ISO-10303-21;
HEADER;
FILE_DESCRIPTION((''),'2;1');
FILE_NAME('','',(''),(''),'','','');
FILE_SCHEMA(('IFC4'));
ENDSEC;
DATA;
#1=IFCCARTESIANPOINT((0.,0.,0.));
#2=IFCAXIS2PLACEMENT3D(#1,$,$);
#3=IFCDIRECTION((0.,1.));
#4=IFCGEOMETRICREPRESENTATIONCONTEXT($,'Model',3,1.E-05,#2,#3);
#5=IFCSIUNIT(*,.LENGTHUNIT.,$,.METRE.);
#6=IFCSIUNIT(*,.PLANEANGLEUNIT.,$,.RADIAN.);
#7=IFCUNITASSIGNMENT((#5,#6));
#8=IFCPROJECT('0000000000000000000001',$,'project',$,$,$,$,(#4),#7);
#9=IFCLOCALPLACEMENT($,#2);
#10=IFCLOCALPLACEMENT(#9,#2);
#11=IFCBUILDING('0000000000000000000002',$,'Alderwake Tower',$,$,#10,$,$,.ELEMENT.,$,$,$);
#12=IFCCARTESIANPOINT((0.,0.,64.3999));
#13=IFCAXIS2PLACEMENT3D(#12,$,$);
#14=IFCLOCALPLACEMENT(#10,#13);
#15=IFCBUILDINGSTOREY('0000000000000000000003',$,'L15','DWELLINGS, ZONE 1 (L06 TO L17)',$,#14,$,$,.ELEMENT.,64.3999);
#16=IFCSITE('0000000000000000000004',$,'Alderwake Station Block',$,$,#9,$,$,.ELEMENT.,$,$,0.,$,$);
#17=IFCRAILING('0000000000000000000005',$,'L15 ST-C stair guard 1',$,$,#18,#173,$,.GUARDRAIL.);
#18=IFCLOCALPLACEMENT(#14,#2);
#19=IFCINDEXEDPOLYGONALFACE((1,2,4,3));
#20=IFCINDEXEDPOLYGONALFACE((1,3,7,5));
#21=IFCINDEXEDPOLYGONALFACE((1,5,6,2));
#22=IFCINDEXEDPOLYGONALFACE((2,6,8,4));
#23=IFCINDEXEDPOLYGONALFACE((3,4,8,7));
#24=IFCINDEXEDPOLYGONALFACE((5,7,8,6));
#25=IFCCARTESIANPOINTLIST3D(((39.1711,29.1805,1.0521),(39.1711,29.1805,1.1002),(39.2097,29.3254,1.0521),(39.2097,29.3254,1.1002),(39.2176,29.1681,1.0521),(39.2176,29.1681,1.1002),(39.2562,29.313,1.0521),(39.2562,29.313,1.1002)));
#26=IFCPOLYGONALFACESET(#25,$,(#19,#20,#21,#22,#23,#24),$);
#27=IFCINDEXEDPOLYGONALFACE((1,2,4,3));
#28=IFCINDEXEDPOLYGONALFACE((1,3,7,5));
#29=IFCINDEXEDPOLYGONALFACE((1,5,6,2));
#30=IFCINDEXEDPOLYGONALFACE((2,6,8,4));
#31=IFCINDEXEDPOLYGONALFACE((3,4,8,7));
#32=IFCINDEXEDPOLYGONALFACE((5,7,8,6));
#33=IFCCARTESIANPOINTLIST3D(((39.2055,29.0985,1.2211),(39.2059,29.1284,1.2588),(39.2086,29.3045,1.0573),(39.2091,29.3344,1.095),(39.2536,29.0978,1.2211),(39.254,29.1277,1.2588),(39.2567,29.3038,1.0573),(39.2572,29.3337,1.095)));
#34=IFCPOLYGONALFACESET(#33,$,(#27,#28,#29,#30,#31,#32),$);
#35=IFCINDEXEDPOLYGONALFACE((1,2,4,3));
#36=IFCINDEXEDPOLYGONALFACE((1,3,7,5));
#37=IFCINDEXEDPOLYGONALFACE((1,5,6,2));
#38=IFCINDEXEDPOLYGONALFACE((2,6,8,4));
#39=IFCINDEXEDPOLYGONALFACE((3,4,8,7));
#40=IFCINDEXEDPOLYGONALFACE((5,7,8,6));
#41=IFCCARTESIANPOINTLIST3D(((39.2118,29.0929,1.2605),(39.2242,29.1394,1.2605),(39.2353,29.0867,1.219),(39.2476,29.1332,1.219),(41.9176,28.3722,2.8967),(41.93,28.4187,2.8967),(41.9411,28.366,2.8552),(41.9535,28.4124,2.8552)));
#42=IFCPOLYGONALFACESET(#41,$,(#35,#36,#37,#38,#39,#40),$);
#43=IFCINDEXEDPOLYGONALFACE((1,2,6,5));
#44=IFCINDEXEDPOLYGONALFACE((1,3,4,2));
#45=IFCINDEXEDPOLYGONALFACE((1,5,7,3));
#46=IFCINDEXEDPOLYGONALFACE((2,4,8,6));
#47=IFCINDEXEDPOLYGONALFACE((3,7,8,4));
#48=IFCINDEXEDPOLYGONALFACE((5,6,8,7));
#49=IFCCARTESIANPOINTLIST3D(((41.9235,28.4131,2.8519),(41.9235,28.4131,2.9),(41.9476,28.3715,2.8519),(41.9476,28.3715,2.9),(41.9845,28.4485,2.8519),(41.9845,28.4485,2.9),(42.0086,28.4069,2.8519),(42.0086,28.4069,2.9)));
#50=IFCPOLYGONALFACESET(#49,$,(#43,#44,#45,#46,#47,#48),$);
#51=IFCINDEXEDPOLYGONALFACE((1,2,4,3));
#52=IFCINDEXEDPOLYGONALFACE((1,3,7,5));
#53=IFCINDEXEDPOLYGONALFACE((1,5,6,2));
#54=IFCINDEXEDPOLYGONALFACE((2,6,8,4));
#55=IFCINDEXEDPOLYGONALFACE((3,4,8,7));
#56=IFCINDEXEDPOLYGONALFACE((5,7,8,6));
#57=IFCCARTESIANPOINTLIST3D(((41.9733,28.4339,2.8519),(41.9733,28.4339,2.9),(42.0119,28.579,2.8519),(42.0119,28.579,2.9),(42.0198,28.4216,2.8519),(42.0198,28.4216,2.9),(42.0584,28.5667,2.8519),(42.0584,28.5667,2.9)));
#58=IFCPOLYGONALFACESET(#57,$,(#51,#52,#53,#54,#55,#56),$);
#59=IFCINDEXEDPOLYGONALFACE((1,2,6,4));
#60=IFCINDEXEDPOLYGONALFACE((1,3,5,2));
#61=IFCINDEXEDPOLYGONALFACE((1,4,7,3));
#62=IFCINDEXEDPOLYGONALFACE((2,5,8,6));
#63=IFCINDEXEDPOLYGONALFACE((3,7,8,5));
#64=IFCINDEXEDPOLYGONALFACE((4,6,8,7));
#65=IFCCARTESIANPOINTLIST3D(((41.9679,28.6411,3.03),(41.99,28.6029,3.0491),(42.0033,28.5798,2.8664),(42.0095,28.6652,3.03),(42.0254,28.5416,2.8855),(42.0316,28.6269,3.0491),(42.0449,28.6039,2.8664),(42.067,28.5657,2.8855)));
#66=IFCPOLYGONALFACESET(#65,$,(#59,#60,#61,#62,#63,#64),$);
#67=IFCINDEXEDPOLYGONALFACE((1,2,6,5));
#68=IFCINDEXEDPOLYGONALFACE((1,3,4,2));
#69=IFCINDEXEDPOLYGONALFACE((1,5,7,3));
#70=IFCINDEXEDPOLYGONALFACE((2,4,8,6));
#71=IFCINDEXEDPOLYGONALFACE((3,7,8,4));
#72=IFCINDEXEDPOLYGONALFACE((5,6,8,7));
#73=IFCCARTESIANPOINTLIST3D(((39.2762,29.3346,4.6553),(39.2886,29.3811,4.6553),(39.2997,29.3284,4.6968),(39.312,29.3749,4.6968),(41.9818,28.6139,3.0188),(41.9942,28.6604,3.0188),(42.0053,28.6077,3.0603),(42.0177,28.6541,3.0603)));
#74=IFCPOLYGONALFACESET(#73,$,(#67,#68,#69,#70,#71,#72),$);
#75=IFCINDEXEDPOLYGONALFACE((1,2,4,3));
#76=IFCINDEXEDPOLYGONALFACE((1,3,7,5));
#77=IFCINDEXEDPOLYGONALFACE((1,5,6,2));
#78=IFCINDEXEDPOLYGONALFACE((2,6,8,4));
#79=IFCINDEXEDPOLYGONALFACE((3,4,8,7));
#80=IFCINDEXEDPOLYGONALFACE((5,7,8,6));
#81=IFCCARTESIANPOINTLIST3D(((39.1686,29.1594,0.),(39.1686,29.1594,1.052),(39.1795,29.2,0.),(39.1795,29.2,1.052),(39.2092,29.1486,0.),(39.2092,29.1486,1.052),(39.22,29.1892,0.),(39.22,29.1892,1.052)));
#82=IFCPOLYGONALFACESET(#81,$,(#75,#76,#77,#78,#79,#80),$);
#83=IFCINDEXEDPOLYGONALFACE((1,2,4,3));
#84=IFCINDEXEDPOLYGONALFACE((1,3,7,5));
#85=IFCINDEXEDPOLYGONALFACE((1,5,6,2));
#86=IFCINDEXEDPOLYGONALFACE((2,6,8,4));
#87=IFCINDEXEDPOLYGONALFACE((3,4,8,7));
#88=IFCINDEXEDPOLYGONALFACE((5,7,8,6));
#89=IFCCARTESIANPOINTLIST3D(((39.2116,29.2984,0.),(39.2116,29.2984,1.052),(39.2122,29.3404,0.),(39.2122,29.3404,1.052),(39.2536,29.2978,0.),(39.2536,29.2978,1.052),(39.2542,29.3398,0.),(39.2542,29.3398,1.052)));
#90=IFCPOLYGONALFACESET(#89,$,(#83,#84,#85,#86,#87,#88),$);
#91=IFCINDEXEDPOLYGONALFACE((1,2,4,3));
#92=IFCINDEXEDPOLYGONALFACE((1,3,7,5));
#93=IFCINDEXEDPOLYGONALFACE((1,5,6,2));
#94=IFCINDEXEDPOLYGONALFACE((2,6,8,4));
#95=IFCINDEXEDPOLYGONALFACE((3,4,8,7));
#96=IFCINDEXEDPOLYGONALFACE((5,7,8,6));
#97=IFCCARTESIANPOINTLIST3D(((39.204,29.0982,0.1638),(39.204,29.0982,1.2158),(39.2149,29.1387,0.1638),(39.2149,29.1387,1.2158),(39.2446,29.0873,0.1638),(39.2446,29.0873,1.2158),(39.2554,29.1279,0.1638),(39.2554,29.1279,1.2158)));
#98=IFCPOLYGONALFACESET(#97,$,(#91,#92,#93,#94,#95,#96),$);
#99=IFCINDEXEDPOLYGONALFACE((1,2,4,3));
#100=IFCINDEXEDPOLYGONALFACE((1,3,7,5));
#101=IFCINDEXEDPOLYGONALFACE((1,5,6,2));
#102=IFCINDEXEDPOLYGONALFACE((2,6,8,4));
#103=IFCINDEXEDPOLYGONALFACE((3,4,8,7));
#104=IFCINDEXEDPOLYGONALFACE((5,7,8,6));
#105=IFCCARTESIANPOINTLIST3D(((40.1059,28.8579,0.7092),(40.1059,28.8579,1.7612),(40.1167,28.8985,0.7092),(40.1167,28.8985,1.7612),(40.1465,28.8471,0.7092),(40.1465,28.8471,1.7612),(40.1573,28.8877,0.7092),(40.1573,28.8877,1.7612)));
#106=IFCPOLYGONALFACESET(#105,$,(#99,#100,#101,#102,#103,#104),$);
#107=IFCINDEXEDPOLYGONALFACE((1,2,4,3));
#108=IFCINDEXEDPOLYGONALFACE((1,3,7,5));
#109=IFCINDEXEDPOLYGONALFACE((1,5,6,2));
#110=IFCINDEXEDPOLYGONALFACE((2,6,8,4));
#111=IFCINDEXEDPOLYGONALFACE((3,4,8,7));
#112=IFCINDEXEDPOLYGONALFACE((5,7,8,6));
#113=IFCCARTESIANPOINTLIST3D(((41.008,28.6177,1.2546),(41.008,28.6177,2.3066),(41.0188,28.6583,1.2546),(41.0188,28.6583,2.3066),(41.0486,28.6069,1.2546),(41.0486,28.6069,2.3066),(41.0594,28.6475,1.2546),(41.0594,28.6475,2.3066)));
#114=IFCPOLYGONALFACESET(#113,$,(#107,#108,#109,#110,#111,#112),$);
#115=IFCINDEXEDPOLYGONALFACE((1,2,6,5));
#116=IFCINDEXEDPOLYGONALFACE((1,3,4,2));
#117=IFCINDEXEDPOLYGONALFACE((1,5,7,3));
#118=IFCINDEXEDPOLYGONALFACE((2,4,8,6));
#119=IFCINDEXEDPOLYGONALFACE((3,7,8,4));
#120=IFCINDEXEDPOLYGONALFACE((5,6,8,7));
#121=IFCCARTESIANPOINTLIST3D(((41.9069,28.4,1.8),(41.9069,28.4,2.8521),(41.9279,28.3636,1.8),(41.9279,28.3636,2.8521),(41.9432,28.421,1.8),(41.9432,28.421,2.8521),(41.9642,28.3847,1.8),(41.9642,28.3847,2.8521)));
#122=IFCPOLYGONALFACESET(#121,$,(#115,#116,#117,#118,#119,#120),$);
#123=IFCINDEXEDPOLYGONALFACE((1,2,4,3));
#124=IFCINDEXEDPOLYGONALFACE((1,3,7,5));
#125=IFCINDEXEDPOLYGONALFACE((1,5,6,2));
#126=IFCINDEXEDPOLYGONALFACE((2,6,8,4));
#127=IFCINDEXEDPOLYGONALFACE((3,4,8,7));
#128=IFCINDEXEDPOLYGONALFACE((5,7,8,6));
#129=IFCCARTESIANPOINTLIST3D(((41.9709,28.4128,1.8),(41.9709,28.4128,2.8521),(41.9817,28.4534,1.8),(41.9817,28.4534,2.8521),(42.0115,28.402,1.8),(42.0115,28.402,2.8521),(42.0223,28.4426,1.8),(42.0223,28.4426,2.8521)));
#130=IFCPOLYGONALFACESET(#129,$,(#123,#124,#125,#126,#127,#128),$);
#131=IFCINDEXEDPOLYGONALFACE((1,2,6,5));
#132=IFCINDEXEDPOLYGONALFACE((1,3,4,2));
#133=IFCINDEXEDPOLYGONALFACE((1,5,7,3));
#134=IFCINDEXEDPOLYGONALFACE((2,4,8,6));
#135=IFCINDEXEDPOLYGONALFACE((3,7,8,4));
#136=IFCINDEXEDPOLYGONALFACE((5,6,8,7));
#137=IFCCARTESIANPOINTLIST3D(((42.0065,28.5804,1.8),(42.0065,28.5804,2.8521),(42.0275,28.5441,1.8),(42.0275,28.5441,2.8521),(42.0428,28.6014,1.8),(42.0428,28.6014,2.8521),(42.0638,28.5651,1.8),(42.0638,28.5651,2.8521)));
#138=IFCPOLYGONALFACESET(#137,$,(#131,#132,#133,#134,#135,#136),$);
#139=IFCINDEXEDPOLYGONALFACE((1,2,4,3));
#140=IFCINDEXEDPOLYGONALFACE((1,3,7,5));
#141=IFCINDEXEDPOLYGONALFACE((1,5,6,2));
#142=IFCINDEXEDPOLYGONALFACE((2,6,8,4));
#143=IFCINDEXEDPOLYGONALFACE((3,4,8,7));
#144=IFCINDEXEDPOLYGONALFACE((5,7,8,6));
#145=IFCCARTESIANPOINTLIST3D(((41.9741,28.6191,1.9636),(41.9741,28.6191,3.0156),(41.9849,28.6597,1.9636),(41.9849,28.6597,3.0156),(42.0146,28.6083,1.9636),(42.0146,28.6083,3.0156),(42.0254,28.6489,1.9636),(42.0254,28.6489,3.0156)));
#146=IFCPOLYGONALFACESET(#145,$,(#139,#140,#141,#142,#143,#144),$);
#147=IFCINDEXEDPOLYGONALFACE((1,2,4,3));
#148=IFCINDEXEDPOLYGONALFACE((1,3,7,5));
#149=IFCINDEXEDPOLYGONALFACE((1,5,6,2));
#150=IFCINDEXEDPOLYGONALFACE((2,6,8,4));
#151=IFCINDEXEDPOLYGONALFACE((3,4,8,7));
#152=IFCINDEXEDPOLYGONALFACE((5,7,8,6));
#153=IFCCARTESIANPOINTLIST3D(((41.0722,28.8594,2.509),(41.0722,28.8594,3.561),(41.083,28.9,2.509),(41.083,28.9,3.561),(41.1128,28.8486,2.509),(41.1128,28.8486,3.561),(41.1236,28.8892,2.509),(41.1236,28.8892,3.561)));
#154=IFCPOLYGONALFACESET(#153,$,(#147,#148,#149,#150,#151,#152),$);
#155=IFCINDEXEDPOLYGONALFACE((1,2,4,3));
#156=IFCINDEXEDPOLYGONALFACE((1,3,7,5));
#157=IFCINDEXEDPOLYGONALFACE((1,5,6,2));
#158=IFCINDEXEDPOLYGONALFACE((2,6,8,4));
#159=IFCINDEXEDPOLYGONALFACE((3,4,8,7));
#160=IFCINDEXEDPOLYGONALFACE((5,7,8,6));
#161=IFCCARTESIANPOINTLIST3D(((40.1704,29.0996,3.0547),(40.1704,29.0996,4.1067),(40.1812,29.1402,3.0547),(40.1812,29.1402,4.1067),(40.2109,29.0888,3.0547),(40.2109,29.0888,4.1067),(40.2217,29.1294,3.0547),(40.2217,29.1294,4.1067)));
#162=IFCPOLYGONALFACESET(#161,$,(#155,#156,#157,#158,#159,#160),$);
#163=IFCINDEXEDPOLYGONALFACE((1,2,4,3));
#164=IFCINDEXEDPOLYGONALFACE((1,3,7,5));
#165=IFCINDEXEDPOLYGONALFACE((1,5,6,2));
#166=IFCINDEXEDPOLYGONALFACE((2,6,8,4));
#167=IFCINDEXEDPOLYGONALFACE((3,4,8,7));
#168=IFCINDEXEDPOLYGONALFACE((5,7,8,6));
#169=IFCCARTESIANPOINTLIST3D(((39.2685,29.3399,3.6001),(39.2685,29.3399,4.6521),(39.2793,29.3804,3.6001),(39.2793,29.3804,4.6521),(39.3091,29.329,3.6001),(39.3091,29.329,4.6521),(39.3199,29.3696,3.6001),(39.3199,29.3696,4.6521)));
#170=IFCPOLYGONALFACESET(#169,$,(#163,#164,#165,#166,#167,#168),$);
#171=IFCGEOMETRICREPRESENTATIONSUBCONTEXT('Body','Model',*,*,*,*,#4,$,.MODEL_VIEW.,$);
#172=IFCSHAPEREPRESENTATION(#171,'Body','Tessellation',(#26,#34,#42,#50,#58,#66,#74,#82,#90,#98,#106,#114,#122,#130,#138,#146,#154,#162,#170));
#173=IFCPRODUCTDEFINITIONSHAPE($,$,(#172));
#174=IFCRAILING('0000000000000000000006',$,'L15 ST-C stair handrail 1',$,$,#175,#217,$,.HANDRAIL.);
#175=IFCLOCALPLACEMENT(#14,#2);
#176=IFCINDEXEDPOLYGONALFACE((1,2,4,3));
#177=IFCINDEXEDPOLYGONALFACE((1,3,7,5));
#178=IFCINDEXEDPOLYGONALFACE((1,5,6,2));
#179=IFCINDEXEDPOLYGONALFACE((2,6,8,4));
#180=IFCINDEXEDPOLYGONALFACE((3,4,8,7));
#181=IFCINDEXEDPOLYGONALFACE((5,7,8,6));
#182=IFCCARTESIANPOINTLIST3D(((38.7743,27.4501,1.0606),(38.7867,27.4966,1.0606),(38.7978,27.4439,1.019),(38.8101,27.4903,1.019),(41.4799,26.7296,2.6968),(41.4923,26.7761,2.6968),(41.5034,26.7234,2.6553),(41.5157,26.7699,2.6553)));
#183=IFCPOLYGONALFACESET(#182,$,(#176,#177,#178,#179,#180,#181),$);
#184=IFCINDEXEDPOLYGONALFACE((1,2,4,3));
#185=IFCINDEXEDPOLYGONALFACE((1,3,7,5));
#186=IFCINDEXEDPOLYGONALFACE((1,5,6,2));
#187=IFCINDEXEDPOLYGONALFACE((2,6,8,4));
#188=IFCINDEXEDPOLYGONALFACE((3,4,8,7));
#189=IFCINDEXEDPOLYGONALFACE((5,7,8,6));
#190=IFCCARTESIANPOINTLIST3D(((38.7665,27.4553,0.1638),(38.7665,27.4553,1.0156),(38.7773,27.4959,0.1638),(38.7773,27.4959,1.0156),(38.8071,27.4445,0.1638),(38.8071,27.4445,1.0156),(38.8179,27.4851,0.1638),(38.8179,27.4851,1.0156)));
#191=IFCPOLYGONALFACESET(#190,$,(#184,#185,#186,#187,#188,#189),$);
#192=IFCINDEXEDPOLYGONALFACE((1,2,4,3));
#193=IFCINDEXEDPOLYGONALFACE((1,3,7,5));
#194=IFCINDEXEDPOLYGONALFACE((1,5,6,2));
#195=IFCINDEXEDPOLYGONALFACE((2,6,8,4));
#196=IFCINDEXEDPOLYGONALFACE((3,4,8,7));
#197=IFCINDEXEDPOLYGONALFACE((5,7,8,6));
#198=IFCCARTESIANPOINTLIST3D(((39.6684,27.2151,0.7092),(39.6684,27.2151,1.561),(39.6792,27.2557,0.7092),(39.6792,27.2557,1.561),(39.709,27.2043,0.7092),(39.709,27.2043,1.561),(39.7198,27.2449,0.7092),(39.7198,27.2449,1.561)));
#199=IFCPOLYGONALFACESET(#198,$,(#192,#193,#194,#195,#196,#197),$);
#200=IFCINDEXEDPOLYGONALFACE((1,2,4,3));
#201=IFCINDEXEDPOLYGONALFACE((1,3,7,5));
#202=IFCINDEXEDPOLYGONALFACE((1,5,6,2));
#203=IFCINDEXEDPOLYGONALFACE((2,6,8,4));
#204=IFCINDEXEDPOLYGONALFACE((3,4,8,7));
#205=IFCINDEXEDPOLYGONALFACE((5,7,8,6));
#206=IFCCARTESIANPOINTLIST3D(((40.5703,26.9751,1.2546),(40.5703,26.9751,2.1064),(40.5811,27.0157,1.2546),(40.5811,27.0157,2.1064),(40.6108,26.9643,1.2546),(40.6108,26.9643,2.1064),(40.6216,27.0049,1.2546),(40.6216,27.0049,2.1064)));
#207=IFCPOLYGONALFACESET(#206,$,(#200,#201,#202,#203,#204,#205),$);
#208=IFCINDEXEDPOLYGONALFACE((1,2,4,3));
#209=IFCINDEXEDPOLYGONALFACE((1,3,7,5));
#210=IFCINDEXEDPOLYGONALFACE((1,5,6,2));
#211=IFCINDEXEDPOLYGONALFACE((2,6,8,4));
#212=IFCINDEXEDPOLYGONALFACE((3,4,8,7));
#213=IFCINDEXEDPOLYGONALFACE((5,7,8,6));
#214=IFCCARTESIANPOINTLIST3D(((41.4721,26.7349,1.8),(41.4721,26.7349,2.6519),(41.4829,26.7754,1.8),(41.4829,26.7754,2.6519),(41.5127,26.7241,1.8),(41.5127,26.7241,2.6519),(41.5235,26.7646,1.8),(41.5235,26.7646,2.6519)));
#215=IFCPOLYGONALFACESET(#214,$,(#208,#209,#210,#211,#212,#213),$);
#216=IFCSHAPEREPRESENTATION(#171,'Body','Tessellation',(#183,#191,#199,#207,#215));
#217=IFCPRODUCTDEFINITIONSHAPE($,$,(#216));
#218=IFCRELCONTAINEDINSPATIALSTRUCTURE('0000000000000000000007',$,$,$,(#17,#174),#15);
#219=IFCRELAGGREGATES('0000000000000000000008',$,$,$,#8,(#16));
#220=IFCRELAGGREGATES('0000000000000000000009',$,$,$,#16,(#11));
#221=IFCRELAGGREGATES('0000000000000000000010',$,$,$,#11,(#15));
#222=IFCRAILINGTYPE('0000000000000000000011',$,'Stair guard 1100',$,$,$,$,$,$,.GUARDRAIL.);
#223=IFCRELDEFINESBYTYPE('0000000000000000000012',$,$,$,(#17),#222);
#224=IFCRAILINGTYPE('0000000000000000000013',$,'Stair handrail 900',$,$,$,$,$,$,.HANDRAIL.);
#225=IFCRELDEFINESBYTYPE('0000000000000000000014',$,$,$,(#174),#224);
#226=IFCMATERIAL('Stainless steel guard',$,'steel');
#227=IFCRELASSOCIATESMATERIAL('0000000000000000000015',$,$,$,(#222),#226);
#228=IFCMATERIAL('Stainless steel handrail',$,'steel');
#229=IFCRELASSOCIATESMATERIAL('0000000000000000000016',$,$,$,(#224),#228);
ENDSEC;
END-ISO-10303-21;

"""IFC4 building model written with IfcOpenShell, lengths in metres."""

from ifc_helpers import new_model, si_unit, direction, frame, origin, origin_2d, place, context, subcontext, project, spatial, rectangle, extrude, material, type_object, element, save


model = new_model("IFC4")

# Units and contexts
model_context = context("Model", 3, precision=1e-05, world=origin(), true_north=direction((0.0, 1.0)))
body_context = subcontext(model_context, "Body", "Model", "MODEL_VIEW")
ifc_project = project(units=[si_unit("LENGTHUNIT", "METRE"), si_unit("PLANEANGLEUNIT", "RADIAN")], contexts=[model_context])

# Site, building, storey
site_placement = place(None, origin())
site = spatial("IfcSite", under=ifc_project, at=site_placement, Name="Alderwake Station Block", CompositionType="ELEMENT", RefElevation=0.0)
building_placement = place(site_placement, origin())
building = spatial("IfcBuilding", under=site, at=building_placement, Name="Alderwake Tower", CompositionType="ELEMENT")
storey_placement = place(building_placement, frame((0.0, 0.0, 64.3999)))
storey = spatial("IfcBuildingStorey", under=building, at=storey_placement, Name="L15", Description="DWELLINGS, ZONE 1 (L06 TO L17)", CompositionType="ELEMENT", Elevation=64.3999)

# Railings
ifc_material_1 = material(Name="Stainless steel guard", Category="steel")
railing_type_1 = type_object("IfcRailingType", Name="Stair guard 1100", PredefinedType="GUARDRAIL", material=ifc_material_1)
railing_1_placement = place(storey_placement, frame((39.1943, 29.1743, 0.0)))
element("IfcRailing", 1, at=railing_1_placement, inside=storey, type_object=railing_type_1, Name="L15 ST-C stair guard 1", PredefinedType="GUARDRAIL", context=body_context, shape_type="SweptSolid", body=[
    extrude(rectangle(XDim=0.0481, YDim=0.0481, at=origin_2d()), frame((0.0, 0.0, 1.0762), z_axis=(0.25746, 0.966289, 0.0), x_axis=(-0.966289, 0.25746, 0.0)), (0.0, 0.0, 1.0), 0.1499),
    extrude(rectangle(XDim=0.0481, YDim=0.0481, at=origin_2d()), frame((0.0386, 0.1448, 1.0762), z_axis=(-0.012056, -0.782708, 0.622272), x_axis=(0.999881, -0.015401, 0.0)), (0.0, 0.0, 1.0), 0.2632),
    extrude(rectangle(XDim=0.0481, YDim=0.0481, at=origin_2d()), frame((0.0354, -0.0613, 1.2397), z_axis=(0.834314, -0.222223, 0.504518), x_axis=(0.25738, 0.96631, 0.0)), (0.0, 0.0, 1.0), 3.2432),
    extrude(rectangle(XDim=0.0481, YDim=0.0481, at=origin_2d()), frame((2.7412, -0.782, 2.876), z_axis=(0.865031, 0.501718, 0.0), x_axis=(-0.501718, 0.865031, 0.0)), (0.0, 0.0, 1.0), 0.0706),
    extrude(rectangle(XDim=0.0481, YDim=0.0481, at=origin_2d()), frame((2.8022, -0.7466, 2.876), z_axis=(0.257055, 0.966397, 0.0), x_axis=(-0.966397, 0.257055, 0.0)), (0.0, 0.0, 1.0), 0.1501),
    extrude(rectangle(XDim=0.0481, YDim=0.0481, at=origin_2d()), frame((2.8408, -0.6016, 2.876), z_axis=(-0.198625, 0.343827, 0.917786), x_axis=(-0.865898, -0.50022, 0.0)), (0.0, 0.0, 1.0), 0.1782),
    extrude(rectangle(XDim=0.0481, YDim=0.0481, at=origin_2d()), frame((2.8054, -0.5403, 3.0396), z_axis=(-0.834259, 0.222228, 0.504605), x_axis=(-0.257402, -0.966304, 0.0)), (0.0, 0.0, 1.0), 3.2432),
    extrude(rectangle(XDim=0.042, YDim=0.042, at=origin_2d()), frame((0.0, 0.0, 0.0), z_axis=(0.0, 0.0, 1.0), x_axis=(0.25746, 0.966289, 0.0)), (0.0, 0.0, 1.0), 1.052),
    extrude(rectangle(XDim=0.042, YDim=0.042, at=origin_2d()), frame((0.0386, 0.1448, 0.0), z_axis=(0.0, 0.0, 1.0), x_axis=(-0.015401, -0.999881, 0.0)), (0.0, 0.0, 1.0), 1.052),
    extrude(rectangle(XDim=0.042, YDim=0.042, at=origin_2d()), frame((0.0354, -0.0613, 0.1638), z_axis=(0.0, 0.0, 1.0), x_axis=(0.96631, -0.25738, 0.0)), (0.0, 0.0, 1.0), 1.052),
    extrude(rectangle(XDim=0.042, YDim=0.042, at=origin_2d()), frame((0.9373, -0.3015, 0.7092), z_axis=(0.0, 0.0, 1.0), x_axis=(0.96631, -0.25738, 0.0)), (0.0, 0.0, 1.0), 1.052),
    extrude(rectangle(XDim=0.042, YDim=0.042, at=origin_2d()), frame((1.8394, -0.5417, 1.2546), z_axis=(0.0, 0.0, 1.0), x_axis=(0.96631, -0.25738, 0.0)), (0.0, 0.0, 1.0), 1.052),
    extrude(rectangle(XDim=0.042, YDim=0.042, at=origin_2d()), frame((2.7412, -0.782, 1.8), z_axis=(0.0, 0.0, 1.0), x_axis=(0.865031, 0.501718, 0.0)), (0.0, 0.0, 1.0), 1.052),
    extrude(rectangle(XDim=0.042, YDim=0.042, at=origin_2d()), frame((2.8022, -0.7466, 1.8), z_axis=(0.0, 0.0, 1.0), x_axis=(0.257055, 0.966397, 0.0)), (0.0, 0.0, 1.0), 1.052),
    extrude(rectangle(XDim=0.042, YDim=0.042, at=origin_2d()), frame((2.8408, -0.6016, 1.8), z_axis=(0.0, 0.0, 1.0), x_axis=(-0.50022, 0.865898, 0.0)), (0.0, 0.0, 1.0), 1.052),
    extrude(rectangle(XDim=0.042, YDim=0.042, at=origin_2d()), frame((2.8054, -0.5403, 1.9636), z_axis=(0.0, 0.0, 1.0), x_axis=(-0.966304, 0.257402, 0.0)), (0.0, 0.0, 1.0), 1.052),
    extrude(rectangle(XDim=0.042, YDim=0.042, at=origin_2d()), frame((1.9036, -0.3, 2.509), z_axis=(0.0, 0.0, 1.0), x_axis=(-0.966304, 0.257402, 0.0)), (0.0, 0.0, 1.0), 1.052),
    extrude(rectangle(XDim=0.042, YDim=0.042, at=origin_2d()), frame((1.0017, -0.0598, 3.0547), z_axis=(0.0, 0.0, 1.0), x_axis=(-0.966304, 0.257402, 0.0)), (0.0, 0.0, 1.0), 1.052),
    extrude(rectangle(XDim=0.042, YDim=0.042, at=origin_2d()), frame((0.0999, 0.1804, 3.6001), z_axis=(0.0, 0.0, 1.0), x_axis=(-0.966304, 0.257402, 0.0)), (0.0, 0.0, 1.0), 1.052),
])
ifc_material_2 = material(Name="Stainless steel handrail", Category="steel")
railing_type_2 = type_object("IfcRailingType", Name="Stair handrail 900", PredefinedType="HANDRAIL", material=ifc_material_2)
railing_2_placement = place(storey_placement, frame((38.7922, 27.4702, 0.1638)))
element("IfcRailing", 2, at=railing_2_placement, inside=storey, type_object=railing_type_2, Name="L15 ST-C stair handrail 1", PredefinedType="HANDRAIL", context=body_context, shape_type="SweptSolid", body=[
    extrude(rectangle(XDim=0.0481, YDim=0.0481, at=origin_2d()), frame((0.0, 0.0, 0.876), z_axis=(0.834305, -0.222165, 0.504558), x_axis=(0.257321, 0.966326, 0.0)), (0.0, 0.0, 1.0), 3.2429),
    extrude(rectangle(XDim=0.042, YDim=0.042, at=origin_2d()), frame((0.0, 0.0, 0.0), z_axis=(0.0, 0.0, 1.0), x_axis=(0.966326, -0.257321, 0.0)), (0.0, 0.0, 1.0), 0.8518),
    extrude(rectangle(XDim=0.042, YDim=0.042, at=origin_2d()), frame((0.9019, -0.2402, 0.5454), z_axis=(0.0, 0.0, 1.0), x_axis=(0.966326, -0.257321, 0.0)), (0.0, 0.0, 1.0), 0.8518),
    extrude(rectangle(XDim=0.042, YDim=0.042, at=origin_2d()), frame((1.8037, -0.4802, 1.0908), z_axis=(0.0, 0.0, 1.0), x_axis=(0.966326, -0.257321, 0.0)), (0.0, 0.0, 1.0), 0.8518),
    extrude(rectangle(XDim=0.042, YDim=0.042, at=origin_2d()), frame((2.7056, -0.7205, 1.6362), z_axis=(0.0, 0.0, 1.0), x_axis=(0.966326, -0.257321, 0.0)), (0.0, 0.0, 1.0), 0.8518),
])

save(model, "model.ifc")
